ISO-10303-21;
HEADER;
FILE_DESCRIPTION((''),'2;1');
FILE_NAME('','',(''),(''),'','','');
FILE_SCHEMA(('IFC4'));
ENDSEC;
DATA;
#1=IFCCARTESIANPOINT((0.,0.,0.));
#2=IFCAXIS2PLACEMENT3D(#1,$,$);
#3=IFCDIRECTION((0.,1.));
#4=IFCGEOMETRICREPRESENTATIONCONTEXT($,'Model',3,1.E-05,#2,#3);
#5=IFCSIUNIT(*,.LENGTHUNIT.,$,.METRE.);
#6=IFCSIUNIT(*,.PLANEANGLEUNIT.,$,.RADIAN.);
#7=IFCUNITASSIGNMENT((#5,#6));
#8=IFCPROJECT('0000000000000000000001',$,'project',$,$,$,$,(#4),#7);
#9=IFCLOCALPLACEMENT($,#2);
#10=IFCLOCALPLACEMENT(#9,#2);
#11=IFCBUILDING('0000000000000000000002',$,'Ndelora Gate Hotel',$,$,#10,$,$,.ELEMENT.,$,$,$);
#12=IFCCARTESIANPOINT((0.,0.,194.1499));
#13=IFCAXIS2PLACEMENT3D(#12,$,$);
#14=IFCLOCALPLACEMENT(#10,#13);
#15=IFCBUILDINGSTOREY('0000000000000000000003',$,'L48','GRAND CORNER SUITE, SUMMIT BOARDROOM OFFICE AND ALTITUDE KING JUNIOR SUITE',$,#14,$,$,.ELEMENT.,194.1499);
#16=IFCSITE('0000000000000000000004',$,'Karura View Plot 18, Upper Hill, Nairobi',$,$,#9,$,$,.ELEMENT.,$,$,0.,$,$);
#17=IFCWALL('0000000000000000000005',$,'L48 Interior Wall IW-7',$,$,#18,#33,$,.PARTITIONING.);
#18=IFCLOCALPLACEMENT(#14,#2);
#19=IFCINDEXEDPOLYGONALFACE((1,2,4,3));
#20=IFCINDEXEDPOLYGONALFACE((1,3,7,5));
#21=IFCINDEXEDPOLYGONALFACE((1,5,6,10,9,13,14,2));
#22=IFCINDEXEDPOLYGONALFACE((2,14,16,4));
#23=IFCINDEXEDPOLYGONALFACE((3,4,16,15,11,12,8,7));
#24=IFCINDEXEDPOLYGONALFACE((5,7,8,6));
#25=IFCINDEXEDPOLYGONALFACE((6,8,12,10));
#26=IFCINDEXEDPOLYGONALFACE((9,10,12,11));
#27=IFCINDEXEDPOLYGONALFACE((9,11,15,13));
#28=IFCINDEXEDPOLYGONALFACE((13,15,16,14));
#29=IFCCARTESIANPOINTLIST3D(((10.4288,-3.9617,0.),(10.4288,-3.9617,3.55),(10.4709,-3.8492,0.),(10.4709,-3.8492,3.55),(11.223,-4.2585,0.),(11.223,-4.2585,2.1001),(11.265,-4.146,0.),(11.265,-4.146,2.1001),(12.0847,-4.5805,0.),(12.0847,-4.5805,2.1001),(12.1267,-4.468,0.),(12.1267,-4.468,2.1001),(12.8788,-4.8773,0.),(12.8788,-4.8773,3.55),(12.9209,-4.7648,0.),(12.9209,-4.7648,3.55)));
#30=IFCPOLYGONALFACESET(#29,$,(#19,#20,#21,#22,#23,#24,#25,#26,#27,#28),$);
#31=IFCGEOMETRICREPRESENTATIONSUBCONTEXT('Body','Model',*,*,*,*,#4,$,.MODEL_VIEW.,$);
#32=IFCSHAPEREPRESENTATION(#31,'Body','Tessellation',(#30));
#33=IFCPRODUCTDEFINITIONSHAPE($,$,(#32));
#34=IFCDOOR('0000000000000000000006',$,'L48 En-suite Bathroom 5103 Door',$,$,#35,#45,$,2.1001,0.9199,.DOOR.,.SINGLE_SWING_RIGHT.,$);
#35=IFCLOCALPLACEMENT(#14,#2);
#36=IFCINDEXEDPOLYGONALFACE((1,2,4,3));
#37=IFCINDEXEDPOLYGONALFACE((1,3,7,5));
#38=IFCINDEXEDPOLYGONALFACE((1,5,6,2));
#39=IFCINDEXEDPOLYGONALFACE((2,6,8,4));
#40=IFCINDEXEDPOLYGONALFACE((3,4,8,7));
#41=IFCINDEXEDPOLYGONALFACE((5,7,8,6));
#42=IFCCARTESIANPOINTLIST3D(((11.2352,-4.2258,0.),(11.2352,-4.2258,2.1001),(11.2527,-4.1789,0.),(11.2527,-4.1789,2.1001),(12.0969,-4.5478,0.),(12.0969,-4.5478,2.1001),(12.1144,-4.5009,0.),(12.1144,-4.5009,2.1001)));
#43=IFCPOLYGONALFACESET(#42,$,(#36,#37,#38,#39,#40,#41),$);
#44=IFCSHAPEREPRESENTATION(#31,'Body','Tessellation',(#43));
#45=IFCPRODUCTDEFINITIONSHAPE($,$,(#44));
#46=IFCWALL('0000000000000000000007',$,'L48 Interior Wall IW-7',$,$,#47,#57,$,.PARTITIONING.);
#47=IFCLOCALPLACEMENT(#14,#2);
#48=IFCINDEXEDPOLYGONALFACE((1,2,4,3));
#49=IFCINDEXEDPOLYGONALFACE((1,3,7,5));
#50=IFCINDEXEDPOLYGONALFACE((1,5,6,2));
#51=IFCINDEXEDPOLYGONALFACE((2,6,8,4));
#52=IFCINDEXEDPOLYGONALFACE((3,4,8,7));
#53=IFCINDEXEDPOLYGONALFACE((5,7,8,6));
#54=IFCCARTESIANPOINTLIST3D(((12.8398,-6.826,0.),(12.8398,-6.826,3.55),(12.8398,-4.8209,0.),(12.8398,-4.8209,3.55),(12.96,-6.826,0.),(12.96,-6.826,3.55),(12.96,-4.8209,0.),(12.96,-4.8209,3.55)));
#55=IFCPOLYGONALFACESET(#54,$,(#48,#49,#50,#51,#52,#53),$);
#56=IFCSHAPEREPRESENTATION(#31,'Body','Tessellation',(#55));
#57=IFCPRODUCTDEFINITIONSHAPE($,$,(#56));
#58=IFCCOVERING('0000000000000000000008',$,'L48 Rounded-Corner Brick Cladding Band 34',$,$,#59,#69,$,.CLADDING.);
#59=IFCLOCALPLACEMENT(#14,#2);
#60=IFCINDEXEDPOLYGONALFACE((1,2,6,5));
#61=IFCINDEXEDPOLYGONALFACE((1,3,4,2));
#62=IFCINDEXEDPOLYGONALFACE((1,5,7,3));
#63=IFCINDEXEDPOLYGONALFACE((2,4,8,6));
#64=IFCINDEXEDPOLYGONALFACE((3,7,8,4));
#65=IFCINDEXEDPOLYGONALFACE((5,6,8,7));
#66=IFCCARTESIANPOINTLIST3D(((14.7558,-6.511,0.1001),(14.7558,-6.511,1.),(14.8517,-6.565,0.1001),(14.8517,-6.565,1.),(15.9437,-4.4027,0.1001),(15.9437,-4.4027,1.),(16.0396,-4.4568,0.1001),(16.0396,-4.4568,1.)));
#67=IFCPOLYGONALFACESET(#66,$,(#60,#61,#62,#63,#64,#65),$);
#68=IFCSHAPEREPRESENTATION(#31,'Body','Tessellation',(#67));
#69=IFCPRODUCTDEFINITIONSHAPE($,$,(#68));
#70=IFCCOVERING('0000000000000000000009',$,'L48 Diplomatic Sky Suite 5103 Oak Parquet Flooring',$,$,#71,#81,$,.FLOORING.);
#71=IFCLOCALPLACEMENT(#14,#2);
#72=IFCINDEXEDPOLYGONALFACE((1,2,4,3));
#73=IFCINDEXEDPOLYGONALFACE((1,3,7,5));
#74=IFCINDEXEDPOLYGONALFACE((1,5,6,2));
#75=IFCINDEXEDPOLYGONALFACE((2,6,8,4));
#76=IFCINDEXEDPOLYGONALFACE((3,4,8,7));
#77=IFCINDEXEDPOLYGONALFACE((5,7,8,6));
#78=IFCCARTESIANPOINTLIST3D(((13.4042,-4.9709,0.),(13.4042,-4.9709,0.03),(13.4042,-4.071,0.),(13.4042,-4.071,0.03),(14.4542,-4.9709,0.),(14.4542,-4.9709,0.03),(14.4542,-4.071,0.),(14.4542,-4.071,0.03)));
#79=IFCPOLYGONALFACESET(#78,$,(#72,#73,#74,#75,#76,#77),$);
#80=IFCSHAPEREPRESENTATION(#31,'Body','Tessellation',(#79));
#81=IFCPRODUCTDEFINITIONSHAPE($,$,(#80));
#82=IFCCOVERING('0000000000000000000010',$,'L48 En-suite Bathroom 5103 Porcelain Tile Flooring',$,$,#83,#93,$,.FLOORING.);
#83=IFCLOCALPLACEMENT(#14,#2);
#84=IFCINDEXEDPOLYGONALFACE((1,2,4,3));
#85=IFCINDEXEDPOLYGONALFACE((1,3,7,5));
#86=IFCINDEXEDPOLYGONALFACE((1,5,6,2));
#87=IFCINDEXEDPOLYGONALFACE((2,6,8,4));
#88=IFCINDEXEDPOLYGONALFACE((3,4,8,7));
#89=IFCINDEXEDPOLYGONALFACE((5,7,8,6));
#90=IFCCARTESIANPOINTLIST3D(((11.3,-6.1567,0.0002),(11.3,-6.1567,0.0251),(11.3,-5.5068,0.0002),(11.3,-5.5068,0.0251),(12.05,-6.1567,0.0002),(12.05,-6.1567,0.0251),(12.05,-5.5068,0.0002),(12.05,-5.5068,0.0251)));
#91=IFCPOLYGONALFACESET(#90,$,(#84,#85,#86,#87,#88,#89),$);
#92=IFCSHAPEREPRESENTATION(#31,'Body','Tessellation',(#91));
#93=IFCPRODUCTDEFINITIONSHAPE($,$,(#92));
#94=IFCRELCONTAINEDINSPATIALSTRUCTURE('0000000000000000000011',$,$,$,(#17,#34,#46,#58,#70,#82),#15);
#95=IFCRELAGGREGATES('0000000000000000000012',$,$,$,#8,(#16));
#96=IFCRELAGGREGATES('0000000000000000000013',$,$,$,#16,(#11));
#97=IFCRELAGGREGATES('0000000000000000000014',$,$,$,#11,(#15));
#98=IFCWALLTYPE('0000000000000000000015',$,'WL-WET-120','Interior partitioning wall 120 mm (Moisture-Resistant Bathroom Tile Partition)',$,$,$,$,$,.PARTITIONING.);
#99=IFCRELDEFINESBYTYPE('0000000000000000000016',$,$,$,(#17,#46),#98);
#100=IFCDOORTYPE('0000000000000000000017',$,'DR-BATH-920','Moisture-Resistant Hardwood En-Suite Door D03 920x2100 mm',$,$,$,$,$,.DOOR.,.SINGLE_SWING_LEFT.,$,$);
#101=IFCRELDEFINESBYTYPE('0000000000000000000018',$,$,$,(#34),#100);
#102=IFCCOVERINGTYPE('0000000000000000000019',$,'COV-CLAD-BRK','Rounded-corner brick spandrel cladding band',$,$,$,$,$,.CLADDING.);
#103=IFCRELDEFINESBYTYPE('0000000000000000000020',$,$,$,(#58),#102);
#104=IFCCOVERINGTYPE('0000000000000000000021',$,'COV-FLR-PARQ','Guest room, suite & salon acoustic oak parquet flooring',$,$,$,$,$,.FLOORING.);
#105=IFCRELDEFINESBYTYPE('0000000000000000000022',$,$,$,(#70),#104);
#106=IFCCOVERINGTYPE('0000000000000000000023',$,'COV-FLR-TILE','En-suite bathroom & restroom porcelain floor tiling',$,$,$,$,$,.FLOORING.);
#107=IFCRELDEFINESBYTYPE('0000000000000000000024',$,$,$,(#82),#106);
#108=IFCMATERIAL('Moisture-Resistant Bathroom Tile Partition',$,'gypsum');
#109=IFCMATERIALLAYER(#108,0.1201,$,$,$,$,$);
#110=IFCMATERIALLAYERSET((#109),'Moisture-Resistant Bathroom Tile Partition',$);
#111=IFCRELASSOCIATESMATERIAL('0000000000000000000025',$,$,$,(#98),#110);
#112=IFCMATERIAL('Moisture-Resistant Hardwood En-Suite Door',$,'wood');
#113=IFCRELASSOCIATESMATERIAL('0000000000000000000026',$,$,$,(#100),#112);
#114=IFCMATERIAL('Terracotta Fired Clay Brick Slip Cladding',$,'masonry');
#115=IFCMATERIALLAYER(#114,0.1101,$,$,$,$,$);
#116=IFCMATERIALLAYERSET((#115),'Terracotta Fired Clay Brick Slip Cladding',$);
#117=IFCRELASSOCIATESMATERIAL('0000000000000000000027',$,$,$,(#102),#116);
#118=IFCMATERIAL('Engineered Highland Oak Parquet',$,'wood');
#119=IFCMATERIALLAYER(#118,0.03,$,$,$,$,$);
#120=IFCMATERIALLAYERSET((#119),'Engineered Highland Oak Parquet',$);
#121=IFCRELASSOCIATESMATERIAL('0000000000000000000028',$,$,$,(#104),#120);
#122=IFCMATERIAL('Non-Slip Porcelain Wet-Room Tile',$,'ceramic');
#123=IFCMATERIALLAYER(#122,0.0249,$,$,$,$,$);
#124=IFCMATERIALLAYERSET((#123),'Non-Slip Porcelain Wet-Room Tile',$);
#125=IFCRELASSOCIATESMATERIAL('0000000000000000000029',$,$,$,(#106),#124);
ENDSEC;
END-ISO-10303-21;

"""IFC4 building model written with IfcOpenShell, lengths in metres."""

from ifc_helpers import new_model, si_unit, direction, frame, frame_2d, origin, origin_2d, place, context, subcontext, project, spatial, rectangle, extrude, material, layer, layer_set, type_object, element, fill, save


model = new_model("IFC4")

# Units and contexts
model_context = context("Model", 3, precision=1e-05, world=origin(), true_north=direction((0.0, 1.0)))
body_context = subcontext(model_context, "Body", "Model", "MODEL_VIEW")
ifc_project = project(units=[si_unit("LENGTHUNIT", "METRE"), si_unit("PLANEANGLEUNIT", "RADIAN")], contexts=[model_context])

# Site, building, storey
site_placement = place(None, origin())
site = spatial("IfcSite", under=ifc_project, at=site_placement, Name="Karura View Plot 18, Upper Hill, Nairobi", CompositionType="ELEMENT", RefElevation=0.0)
building_placement = place(site_placement, origin())
building = spatial("IfcBuilding", under=site, at=building_placement, Name="Ndelora Gate Hotel", CompositionType="ELEMENT")
storey_placement = place(building_placement, frame((0.0, 0.0, 194.1499)))
storey = spatial("IfcBuildingStorey", under=building, at=storey_placement, Name="L48", Description="GRAND CORNER SUITE, SUMMIT BOARDROOM OFFICE AND ALTITUDE KING JUNIOR SUITE", CompositionType="ELEMENT", Elevation=194.1499)

# Wall, opening, door
ifc_material_1 = material(Name="Moisture-Resistant Bathroom Tile Partition", Category="gypsum")
ifc_layer_1 = layer(ifc_material_1, 0.1201)
ifc_layer_set_1 = layer_set([ifc_layer_1], Name="Moisture-Resistant Bathroom Tile Partition")
wall_type_1 = type_object("IfcWallType", Name="WL-WET-120", Description="Interior partitioning wall 120 mm (Moisture-Resistant Bathroom Tile Partition)", PredefinedType="PARTITIONING", material=ifc_layer_set_1)
wall_1_placement = place(storey_placement, frame((10.45, -3.9055, 0.0), z_axis=(0.0, 0.0, 1.0), x_axis=(0.936731, -0.350049, 0.0)))
wall_1 = element("IfcWall", 1, at=wall_1_placement, inside=storey, type_object=wall_type_1, Name="L48 Interior Wall IW-7", PredefinedType="PARTITIONING", context=body_context, shape_type="SweptSolid", body=[
    extrude(rectangle(XDim=2.6155, YDim=0.1201, at=frame_2d((1.3076, 0.0))), origin(), (0.0, 0.0, 1.0), 3.55),
])
opening_1_placement = place(wall_1_placement, frame((0.8477, 0.0, 0.0)))
opening_1 = element("IfcOpeningElement", 2, at=opening_1_placement, cuts=wall_1, PredefinedType="OPENING", context=body_context, shape_type="SweptSolid", body=[
    extrude(rectangle(XDim=0.9199, YDim=2.1001, at=frame_2d((0.46, 1.05))), frame((0.0, 0.0701, 0.0), z_axis=(0.0, -1.0, 0.0), x_axis=(1.0, 0.0, 0.0)), (0.0, 0.0, 1.0), 0.1401),
])
ifc_material_2 = material(Name="Moisture-Resistant Hardwood En-Suite Door", Category="wood")
door_type = type_object("IfcDoorType", Name="DR-BATH-920", Description="Moisture-Resistant Hardwood En-Suite Door D03 920x2100 mm", OperationType="SINGLE_SWING_LEFT", PredefinedType="DOOR", material=ifc_material_2)
door_placement = place(opening_1_placement, origin())
door = element("IfcDoor", 3, at=door_placement, inside=storey, type_object=door_type, Name="L48 En-suite Bathroom 5103 Door", OperationType="SINGLE_SWING_RIGHT", OverallHeight=2.1001, OverallWidth=0.9199, PredefinedType="DOOR", context=body_context, shape_type="SweptSolid", body=[
    extrude(rectangle(XDim=0.9199, YDim=2.1001, at=frame_2d((0.46, 1.05))), frame((0.0, 0.0249, 0.0), z_axis=(0.0, -1.0, 0.0), x_axis=(1.0, 0.0, 0.0)), (0.0, 0.0, 1.0), 0.05),
])
fill(opening_1, door)

# Wall
wall_2_placement = place(storey_placement, frame((12.8999, -4.821, 0.0), z_axis=(0.0, 0.0, 1.0), x_axis=(0.0, -1.0, 0.0)))
element("IfcWall", 4, at=wall_2_placement, inside=storey, type_object=wall_type_1, Name="L48 Interior Wall IW-7", PredefinedType="PARTITIONING", context=body_context, shape_type="SweptSolid", body=[
    extrude(rectangle(XDim=2.0051, YDim=0.1201, at=frame_2d((1.0024, 0.0))), origin(), (0.0, 0.0, 1.0), 3.55),
])

# Coverings
ifc_material_3 = material(Name="Terracotta Fired Clay Brick Slip Cladding", Category="masonry")
ifc_layer_2 = layer(ifc_material_3, 0.1101)
ifc_layer_set_2 = layer_set([ifc_layer_2], Name="Terracotta Fired Clay Brick Slip Cladding")
covering_type_1 = type_object("IfcCoveringType", Name="COV-CLAD-BRK", Description="Rounded-corner brick spandrel cladding band", PredefinedType="CLADDING", material=ifc_layer_set_2)
covering_1_placement = place(storey_placement, frame((15.3977, -5.4839, 0.1001), z_axis=(0.0, 0.0, 1.0), x_axis=(0.490904, 0.871214, 0.0)))
element("IfcCovering", 5, at=covering_1_placement, inside=storey, type_object=covering_type_1, Name="L48 Rounded-Corner Brick Cladding Band 34", PredefinedType="CLADDING", context=body_context, shape_type="SweptSolid", body=[
    extrude(rectangle(XDim=2.4199, YDim=0.1101, at=origin_2d()), origin(), (0.0, 0.0, 1.0), 0.8999),
])
ifc_material_4 = material(Name="Engineered Highland Oak Parquet", Category="wood")
ifc_layer_3 = layer(ifc_material_4, 0.03)
ifc_layer_set_3 = layer_set([ifc_layer_3], Name="Engineered Highland Oak Parquet")
covering_type_2 = type_object("IfcCoveringType", Name="COV-FLR-PARQ", Description="Guest room, suite & salon acoustic oak parquet flooring", PredefinedType="FLOORING", material=ifc_layer_set_3)
covering_2_placement = place(storey_placement, frame((13.9292, -4.521, 0.0), z_axis=(0.0, 0.0, 1.0), x_axis=(1.0, 0.0, 0.0)))
element("IfcCovering", 6, at=covering_2_placement, inside=storey, type_object=covering_type_2, Name="L48 Diplomatic Sky Suite 5103 Oak Parquet Flooring", PredefinedType="FLOORING", context=body_context, shape_type="SweptSolid", body=[
    extrude(rectangle(XDim=1.05, YDim=0.8999, at=origin_2d()), origin(), (0.0, 0.0, 1.0), 0.03),
])
ifc_material_5 = material(Name="Non-Slip Porcelain Wet-Room Tile", Category="ceramic")
ifc_layer_4 = layer(ifc_material_5, 0.0249)
ifc_layer_set_4 = layer_set([ifc_layer_4], Name="Non-Slip Porcelain Wet-Room Tile")
covering_type_3 = type_object("IfcCoveringType", Name="COV-FLR-TILE", Description="En-suite bathroom & restroom porcelain floor tiling", PredefinedType="FLOORING", material=ifc_layer_set_4)
covering_3_placement = place(storey_placement, frame((11.675, -5.8318, 0.0002), z_axis=(0.0, 0.0, 1.0), x_axis=(1.0, 0.0, 0.0)))
element("IfcCovering", 7, at=covering_3_placement, inside=storey, type_object=covering_type_3, Name="L48 En-suite Bathroom 5103 Porcelain Tile Flooring", PredefinedType="FLOORING", context=body_context, shape_type="SweptSolid", body=[
    extrude(rectangle(XDim=0.75, YDim=0.6499, at=origin_2d()), origin(), (0.0, 0.0, 1.0), 0.0249),
])

save(model, "model.ifc")
